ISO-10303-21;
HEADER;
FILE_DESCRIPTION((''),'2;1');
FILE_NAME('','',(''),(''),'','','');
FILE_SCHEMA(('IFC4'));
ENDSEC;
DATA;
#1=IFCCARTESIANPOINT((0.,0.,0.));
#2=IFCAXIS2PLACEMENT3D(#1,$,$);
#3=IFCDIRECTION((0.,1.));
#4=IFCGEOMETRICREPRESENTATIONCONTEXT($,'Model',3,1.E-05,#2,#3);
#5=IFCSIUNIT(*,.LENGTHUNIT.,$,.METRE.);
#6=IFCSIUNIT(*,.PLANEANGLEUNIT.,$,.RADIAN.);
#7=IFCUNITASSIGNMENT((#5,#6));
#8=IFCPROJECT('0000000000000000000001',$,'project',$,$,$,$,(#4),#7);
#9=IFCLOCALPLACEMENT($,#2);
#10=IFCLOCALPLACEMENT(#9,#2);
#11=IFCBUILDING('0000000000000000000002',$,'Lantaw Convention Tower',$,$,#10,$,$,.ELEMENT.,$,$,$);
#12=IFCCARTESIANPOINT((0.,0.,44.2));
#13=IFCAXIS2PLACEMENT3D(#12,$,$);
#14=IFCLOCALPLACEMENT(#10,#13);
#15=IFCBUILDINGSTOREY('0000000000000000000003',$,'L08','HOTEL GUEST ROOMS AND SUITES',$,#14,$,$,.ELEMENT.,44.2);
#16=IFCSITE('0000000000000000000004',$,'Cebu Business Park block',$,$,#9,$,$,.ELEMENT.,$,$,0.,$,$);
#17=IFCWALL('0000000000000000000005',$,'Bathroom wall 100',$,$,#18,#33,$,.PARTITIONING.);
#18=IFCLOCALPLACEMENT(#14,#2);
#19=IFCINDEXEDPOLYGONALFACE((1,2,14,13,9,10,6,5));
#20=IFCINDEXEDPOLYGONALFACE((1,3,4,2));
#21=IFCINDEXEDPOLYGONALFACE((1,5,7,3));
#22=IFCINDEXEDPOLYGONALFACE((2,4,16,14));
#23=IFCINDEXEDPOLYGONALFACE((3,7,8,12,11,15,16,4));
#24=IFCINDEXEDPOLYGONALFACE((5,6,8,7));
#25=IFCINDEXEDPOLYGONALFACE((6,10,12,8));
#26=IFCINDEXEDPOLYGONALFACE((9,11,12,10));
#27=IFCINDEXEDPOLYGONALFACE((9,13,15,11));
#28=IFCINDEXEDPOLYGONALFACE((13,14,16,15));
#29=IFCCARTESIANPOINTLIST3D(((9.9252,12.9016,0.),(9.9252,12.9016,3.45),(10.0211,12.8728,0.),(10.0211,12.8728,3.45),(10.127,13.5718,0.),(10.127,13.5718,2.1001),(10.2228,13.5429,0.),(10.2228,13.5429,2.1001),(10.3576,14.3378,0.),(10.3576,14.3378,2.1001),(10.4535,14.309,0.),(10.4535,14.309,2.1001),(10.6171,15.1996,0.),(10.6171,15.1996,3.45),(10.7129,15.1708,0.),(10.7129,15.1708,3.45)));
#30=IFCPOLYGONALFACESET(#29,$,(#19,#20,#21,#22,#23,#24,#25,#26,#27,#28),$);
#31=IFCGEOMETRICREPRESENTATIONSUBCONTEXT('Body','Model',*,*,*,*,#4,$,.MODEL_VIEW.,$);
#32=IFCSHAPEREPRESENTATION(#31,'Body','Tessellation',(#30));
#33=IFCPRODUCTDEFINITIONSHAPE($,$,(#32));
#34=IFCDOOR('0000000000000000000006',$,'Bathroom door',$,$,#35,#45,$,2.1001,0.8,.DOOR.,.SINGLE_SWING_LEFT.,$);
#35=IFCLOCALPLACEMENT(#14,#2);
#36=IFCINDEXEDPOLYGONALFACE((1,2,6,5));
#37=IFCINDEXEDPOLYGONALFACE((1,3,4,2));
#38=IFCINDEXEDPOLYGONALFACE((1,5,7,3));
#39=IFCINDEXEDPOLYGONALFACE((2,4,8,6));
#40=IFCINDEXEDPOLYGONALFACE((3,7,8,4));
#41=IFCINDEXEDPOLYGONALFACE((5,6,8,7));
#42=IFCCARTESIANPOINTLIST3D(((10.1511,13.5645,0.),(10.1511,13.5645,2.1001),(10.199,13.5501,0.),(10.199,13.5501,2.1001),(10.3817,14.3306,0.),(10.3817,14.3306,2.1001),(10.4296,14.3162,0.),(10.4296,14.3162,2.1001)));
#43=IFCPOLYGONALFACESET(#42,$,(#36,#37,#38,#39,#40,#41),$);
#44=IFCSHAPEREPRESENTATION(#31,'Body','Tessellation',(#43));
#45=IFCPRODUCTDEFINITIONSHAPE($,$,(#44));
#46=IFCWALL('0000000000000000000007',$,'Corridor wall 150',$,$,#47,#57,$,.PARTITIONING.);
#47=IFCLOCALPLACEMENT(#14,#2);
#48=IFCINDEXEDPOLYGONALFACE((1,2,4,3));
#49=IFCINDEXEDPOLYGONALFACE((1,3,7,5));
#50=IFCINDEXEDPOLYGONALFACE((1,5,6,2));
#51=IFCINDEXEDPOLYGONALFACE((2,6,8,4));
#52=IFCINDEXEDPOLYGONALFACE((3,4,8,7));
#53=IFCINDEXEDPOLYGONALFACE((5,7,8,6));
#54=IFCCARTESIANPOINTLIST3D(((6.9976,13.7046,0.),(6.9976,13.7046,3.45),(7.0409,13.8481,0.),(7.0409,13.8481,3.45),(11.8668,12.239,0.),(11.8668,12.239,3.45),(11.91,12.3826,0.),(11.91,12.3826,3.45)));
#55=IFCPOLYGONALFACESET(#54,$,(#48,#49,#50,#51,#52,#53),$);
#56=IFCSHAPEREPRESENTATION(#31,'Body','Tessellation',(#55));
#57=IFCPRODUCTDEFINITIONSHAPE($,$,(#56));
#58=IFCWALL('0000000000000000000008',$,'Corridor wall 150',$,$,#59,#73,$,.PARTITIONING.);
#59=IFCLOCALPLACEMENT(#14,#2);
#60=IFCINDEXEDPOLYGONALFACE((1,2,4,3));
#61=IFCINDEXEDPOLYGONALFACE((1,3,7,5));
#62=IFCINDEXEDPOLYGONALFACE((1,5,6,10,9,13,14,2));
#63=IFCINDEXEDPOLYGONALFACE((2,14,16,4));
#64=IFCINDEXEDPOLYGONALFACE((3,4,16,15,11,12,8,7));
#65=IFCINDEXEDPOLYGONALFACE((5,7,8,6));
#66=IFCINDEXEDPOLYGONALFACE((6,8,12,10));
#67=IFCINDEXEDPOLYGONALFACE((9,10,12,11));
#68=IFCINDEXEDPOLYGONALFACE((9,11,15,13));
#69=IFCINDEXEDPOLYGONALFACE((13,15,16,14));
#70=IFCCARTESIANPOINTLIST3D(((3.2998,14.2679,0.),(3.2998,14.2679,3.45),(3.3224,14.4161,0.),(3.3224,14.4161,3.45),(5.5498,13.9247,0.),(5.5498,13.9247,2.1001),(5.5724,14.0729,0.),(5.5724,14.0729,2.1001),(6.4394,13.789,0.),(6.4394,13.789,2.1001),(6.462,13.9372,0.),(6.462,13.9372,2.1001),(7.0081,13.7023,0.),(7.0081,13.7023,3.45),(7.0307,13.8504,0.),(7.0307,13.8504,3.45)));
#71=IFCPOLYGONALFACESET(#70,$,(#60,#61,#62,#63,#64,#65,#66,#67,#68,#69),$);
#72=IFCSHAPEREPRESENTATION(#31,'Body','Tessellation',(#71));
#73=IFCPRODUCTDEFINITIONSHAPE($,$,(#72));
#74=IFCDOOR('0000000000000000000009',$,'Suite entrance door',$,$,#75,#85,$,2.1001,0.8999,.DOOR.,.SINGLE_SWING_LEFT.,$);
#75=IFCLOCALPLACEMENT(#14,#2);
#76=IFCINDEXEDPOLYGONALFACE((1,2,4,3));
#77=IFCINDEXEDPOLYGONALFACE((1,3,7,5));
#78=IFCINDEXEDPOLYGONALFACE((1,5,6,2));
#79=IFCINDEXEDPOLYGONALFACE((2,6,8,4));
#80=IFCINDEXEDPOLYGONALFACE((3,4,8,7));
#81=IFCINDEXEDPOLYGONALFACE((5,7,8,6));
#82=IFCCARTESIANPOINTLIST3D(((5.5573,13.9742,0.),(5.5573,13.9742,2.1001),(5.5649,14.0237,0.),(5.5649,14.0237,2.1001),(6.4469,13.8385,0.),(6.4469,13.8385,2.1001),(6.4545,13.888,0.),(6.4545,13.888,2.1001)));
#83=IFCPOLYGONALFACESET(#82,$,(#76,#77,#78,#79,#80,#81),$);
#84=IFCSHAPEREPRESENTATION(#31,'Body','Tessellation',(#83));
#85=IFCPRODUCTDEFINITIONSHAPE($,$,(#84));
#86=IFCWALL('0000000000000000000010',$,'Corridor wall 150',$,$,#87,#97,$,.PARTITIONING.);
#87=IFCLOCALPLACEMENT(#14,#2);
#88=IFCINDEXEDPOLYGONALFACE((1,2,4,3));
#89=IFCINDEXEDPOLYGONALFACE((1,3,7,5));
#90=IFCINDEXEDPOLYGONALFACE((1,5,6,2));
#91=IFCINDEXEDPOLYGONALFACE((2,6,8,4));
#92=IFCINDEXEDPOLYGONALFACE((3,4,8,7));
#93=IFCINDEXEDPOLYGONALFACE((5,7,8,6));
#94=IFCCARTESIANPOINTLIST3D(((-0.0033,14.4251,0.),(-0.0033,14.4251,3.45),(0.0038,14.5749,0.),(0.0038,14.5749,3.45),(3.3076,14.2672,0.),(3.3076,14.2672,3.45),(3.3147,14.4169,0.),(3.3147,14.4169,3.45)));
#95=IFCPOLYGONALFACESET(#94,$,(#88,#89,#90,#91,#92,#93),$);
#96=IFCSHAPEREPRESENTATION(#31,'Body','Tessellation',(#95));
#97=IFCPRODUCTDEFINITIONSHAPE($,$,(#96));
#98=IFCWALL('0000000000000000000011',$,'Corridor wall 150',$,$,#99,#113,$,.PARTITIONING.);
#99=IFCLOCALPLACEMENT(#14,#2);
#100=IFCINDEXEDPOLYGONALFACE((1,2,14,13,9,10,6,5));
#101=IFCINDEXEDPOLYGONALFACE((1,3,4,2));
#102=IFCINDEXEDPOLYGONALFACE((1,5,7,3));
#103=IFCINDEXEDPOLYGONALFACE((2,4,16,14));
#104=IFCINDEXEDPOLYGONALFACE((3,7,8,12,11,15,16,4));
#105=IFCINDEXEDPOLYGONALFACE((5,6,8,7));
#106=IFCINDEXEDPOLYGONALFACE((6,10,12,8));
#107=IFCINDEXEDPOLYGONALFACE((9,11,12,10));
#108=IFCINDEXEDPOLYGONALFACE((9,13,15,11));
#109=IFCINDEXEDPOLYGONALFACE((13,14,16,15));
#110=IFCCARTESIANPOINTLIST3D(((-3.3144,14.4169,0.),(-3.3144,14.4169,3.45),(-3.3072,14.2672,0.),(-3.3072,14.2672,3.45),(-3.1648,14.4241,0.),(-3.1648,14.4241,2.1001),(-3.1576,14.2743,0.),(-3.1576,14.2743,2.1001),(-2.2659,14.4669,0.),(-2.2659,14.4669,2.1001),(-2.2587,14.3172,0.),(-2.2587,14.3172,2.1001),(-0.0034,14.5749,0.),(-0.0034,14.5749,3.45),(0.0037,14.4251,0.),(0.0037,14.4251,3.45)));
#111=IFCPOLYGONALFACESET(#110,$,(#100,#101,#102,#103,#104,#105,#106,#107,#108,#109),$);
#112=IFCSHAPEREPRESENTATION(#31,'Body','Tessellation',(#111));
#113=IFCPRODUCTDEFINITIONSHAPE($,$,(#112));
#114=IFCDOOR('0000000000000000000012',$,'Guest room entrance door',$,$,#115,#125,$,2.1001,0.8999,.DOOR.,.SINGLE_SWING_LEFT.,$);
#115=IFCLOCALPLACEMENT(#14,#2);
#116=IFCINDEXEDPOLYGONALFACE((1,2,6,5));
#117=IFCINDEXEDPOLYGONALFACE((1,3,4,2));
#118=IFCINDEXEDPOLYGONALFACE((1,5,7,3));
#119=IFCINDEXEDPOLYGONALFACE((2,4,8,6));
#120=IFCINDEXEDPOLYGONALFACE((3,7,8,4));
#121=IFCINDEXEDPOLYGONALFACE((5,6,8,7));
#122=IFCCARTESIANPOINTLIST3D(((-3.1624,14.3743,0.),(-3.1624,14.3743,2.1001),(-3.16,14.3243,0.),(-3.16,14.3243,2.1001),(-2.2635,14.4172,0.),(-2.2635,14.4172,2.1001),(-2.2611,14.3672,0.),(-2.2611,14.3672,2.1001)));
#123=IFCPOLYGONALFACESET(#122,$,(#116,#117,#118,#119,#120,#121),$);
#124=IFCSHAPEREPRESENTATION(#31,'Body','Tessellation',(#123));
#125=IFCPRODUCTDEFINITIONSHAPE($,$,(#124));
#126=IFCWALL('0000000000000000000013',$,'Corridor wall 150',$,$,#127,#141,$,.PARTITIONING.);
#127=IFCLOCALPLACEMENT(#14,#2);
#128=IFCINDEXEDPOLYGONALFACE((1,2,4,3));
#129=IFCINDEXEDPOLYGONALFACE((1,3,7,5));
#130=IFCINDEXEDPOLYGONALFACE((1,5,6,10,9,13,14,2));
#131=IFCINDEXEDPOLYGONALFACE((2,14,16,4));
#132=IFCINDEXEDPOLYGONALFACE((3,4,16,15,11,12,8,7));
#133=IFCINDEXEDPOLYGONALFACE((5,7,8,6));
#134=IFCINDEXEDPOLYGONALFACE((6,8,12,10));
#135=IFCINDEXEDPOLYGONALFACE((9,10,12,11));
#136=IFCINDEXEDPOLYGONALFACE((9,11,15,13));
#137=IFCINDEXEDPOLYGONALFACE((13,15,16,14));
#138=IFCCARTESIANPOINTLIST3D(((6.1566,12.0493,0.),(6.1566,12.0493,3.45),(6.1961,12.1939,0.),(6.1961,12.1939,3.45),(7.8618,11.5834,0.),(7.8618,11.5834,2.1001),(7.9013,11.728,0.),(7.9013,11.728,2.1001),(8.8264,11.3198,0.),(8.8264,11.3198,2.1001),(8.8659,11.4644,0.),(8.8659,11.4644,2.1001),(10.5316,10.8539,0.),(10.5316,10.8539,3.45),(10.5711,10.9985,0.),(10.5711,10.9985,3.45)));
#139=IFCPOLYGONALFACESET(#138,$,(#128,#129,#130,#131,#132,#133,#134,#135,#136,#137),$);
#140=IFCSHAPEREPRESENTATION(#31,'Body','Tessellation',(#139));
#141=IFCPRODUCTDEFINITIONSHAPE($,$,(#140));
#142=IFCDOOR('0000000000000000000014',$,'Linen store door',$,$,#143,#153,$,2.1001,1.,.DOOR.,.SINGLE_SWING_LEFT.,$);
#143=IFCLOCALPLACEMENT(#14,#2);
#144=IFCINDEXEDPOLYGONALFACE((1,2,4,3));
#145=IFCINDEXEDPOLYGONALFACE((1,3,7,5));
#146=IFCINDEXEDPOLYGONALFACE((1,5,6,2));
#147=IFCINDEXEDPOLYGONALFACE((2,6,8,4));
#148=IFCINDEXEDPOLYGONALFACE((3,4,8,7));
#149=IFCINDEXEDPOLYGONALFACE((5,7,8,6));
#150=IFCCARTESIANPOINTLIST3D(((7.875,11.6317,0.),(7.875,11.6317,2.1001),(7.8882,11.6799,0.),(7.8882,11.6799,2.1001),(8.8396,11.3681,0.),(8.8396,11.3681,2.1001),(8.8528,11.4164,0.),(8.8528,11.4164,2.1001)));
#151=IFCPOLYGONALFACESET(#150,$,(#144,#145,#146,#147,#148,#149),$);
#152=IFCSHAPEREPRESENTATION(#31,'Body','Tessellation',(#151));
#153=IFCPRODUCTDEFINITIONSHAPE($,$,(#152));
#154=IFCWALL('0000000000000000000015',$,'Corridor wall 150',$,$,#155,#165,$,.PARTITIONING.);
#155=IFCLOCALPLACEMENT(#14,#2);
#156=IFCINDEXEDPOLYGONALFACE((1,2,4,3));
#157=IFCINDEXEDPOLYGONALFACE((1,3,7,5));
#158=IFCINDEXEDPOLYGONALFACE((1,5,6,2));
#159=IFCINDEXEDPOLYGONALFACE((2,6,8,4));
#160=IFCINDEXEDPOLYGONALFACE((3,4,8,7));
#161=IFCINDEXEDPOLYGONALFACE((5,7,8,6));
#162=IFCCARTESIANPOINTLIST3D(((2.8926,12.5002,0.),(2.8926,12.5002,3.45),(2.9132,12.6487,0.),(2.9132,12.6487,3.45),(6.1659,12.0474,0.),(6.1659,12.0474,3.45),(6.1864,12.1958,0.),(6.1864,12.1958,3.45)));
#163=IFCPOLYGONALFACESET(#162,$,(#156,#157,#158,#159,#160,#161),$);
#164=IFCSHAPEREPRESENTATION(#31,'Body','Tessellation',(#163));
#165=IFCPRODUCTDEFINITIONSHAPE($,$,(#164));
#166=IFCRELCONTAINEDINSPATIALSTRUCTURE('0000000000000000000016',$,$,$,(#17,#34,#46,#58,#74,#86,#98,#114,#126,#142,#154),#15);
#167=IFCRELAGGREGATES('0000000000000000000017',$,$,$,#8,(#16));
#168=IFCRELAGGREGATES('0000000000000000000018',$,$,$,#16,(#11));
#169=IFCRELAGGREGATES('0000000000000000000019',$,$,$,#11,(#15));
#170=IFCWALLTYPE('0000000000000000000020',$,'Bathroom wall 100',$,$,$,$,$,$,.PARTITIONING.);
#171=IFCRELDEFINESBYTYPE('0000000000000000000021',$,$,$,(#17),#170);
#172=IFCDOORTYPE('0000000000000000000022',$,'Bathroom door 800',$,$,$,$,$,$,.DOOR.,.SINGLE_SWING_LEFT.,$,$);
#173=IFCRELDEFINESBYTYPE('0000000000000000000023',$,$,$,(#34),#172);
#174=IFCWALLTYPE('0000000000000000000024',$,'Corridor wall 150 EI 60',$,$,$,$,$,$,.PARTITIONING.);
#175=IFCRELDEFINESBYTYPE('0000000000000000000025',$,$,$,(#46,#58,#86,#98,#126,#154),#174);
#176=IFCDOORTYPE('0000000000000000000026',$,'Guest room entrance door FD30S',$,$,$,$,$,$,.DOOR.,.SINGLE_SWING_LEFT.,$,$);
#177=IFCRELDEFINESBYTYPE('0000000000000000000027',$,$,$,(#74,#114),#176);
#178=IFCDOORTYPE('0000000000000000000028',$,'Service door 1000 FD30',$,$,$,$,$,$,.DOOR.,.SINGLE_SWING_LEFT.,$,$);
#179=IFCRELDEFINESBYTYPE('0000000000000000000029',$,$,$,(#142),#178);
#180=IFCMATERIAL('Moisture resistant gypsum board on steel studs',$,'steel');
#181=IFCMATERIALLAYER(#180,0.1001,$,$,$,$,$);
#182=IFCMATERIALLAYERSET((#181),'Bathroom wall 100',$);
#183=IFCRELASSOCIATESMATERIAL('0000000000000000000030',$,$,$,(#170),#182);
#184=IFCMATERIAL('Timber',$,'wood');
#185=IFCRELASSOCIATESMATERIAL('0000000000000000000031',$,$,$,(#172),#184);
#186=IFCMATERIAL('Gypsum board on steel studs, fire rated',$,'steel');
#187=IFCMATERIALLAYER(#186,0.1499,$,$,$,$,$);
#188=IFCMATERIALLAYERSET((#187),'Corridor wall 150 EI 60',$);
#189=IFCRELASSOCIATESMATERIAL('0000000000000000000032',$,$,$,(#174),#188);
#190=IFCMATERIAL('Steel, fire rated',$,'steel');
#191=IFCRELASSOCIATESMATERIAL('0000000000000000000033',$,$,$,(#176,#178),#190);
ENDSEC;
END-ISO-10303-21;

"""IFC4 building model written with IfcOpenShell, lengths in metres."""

from ifc_helpers import new_model, si_unit, direction, frame, frame_2d, origin, place, context, subcontext, project, spatial, rectangle, extrude, material, layer, layer_set, type_object, element, fill, save


model = new_model("IFC4")

# Units and contexts
model_context = context("Model", 3, precision=1e-05, world=origin(), true_north=direction((0.0, 1.0)))
body_context = subcontext(model_context, "Body", "Model", "MODEL_VIEW")
ifc_project = project(units=[si_unit("LENGTHUNIT", "METRE"), si_unit("PLANEANGLEUNIT", "RADIAN")], contexts=[model_context])

# Site, building, storey
site_placement = place(None, origin())
site = spatial("IfcSite", under=ifc_project, at=site_placement, Name="Cebu Business Park block", CompositionType="ELEMENT", RefElevation=0.0)
building_placement = place(site_placement, origin())
building = spatial("IfcBuilding", under=site, at=building_placement, Name="Lantaw Convention Tower", CompositionType="ELEMENT")
storey_placement = place(building_placement, frame((0.0, 0.0, 44.2)))
storey = spatial("IfcBuildingStorey", under=building, at=storey_placement, Name="L08", Description="HOTEL GUEST ROOMS AND SUITES", CompositionType="ELEMENT", Elevation=44.2)

# Wall, opening, door
ifc_material_1 = material(Name="Moisture resistant gypsum board on steel studs", Category="steel")
ifc_layer_1 = layer(ifc_material_1, 0.1001)
ifc_layer_set_1 = layer_set([ifc_layer_1], Name="Bathroom wall 100")
wall_type_1 = type_object("IfcWallType", Name="Bathroom wall 100", PredefinedType="PARTITIONING", material=ifc_layer_set_1)
wall_1_placement = place(storey_placement, frame((9.9731, 12.8872, 0.0), z_axis=(0.0, 0.0, 1.0), x_axis=(0.28829, 0.957543, 0.0)))
wall_1 = element("IfcWall", 1, at=wall_1_placement, inside=storey, type_object=wall_type_1, Name="Bathroom wall 100", PredefinedType="PARTITIONING", context=body_context, shape_type="SweptSolid", body=[
    extrude(rectangle(XDim=2.3999, YDim=0.1001, at=frame_2d((1.2, 0.0))), origin(), (0.0, 0.0, 1.0), 3.45),
])
opening_1_placement = place(wall_1_placement, frame((0.7, 0.0, 0.0)))
opening_1 = element("IfcOpeningElement", 2, at=opening_1_placement, cuts=wall_1, PredefinedType="OPENING", context=body_context, shape_type="SweptSolid", body=[
    extrude(rectangle(XDim=0.8, YDim=2.1001, at=frame_2d((0.3999, 1.05))), frame((0.0, 0.0601, 0.0), z_axis=(0.0, -1.0, 0.0), x_axis=(1.0, 0.0, 0.0)), (0.0, 0.0, 1.0), 0.1201),
])
ifc_material_2 = material(Name="Timber", Category="wood")
door_type_1 = type_object("IfcDoorType", Name="Bathroom door 800", OperationType="SINGLE_SWING_LEFT", PredefinedType="DOOR", material=ifc_material_2)
door_1_placement = place(opening_1_placement, origin())
door_1 = element("IfcDoor", 3, at=door_1_placement, inside=storey, type_object=door_type_1, Name="Bathroom door", OperationType="SINGLE_SWING_LEFT", OverallHeight=2.1001, OverallWidth=0.8, PredefinedType="DOOR", context=body_context, shape_type="SweptSolid", body=[
    extrude(rectangle(XDim=0.8, YDim=2.1001, at=frame_2d((0.3999, 1.05))), frame((0.0, 0.0249, 0.0), z_axis=(0.0, -1.0, 0.0), x_axis=(1.0, 0.0, 0.0)), (0.0, 0.0, 1.0), 0.05),
])
fill(opening_1, door_1)

# Wall
ifc_material_3 = material(Name="Gypsum board on steel studs, fire rated", Category="steel")
ifc_layer_2 = layer(ifc_material_3, 0.1499)
ifc_layer_set_2 = layer_set([ifc_layer_2], Name="Corridor wall 150 EI 60")
wall_type_2 = type_object("IfcWallType", Name="Corridor wall 150 EI 60", PredefinedType="PARTITIONING", material=ifc_layer_set_2)
wall_2_placement = place(storey_placement, frame((11.8884, 12.3108, 0.0), z_axis=(0.0, 0.0, 1.0), x_axis=(-0.957564, 0.28822, 0.0)))
element("IfcWall", 4, at=wall_2_placement, inside=storey, type_object=wall_type_2, Name="Corridor wall 150", PredefinedType="PARTITIONING", context=body_context, shape_type="SweptSolid", body=[
    extrude(rectangle(XDim=5.085, YDim=0.1499, at=frame_2d((2.5425, 0.0))), origin(), (0.0, 0.0, 1.0), 3.45),
])

# Wall, opening, door
wall_3_placement = place(storey_placement, frame((7.0193, 13.7764, 0.0), z_axis=(0.0, 0.0, 1.0), x_axis=(-0.988564, 0.1508, 0.0)))
wall_3 = element("IfcWall", 5, at=wall_3_placement, inside=storey, type_object=wall_type_2, Name="Corridor wall 150", PredefinedType="PARTITIONING", context=body_context, shape_type="SweptSolid", body=[
    extrude(rectangle(XDim=3.7512, YDim=0.1499, at=frame_2d((1.8755, 0.0))), origin(), (0.0, 0.0, 1.0), 3.45),
])
opening_2_placement = place(wall_3_placement, frame((0.5752, 0.0, 0.0)))
opening_2 = element("IfcOpeningElement", 6, at=opening_2_placement, cuts=wall_3, PredefinedType="OPENING", context=body_context, shape_type="SweptSolid", body=[
    extrude(rectangle(XDim=0.8999, YDim=2.1001, at=frame_2d((0.45, 1.05))), frame((0.0, 0.085, 0.0), z_axis=(0.0, -1.0, 0.0), x_axis=(1.0, 0.0, 0.0)), (0.0, 0.0, 1.0), 0.1699),
])
ifc_material_4 = material(Name="Steel, fire rated", Category="steel")
door_type_2 = type_object("IfcDoorType", Name="Guest room entrance door FD30S", OperationType="SINGLE_SWING_LEFT", PredefinedType="DOOR", material=ifc_material_4)
door_2_placement = place(opening_2_placement, origin())
door_2 = element("IfcDoor", 7, at=door_2_placement, inside=storey, type_object=door_type_2, Name="Suite entrance door", OperationType="SINGLE_SWING_LEFT", OverallHeight=2.1001, OverallWidth=0.8999, PredefinedType="DOOR", context=body_context, shape_type="SweptSolid", body=[
    extrude(rectangle(XDim=0.8999, YDim=2.1001, at=frame_2d((0.45, 1.05))), frame((0.0, 0.0249, 0.0), z_axis=(0.0, -1.0, 0.0), x_axis=(1.0, 0.0, 0.0)), (0.0, 0.0, 1.0), 0.05),
])
fill(opening_2, door_2)

# Wall
wall_4_placement = place(storey_placement, frame((3.311, 14.342, 0.0), z_axis=(0.0, 0.0, 1.0), x_axis=(-0.998864, 0.047653, 0.0)))
element("IfcWall", 8, at=wall_4_placement, inside=storey, type_object=wall_type_2, Name="Corridor wall 150", PredefinedType="PARTITIONING", context=body_context, shape_type="SweptSolid", body=[
    extrude(rectangle(XDim=3.3147, YDim=0.1499, at=frame_2d((1.6572, 0.0))), origin(), (0.0, 0.0, 1.0), 3.45),
])

# Walls, openings, doors
wall_5_placement = place(storey_placement, frame((0.0, 14.5, 0.0), z_axis=(0.0, 0.0, 1.0), x_axis=(-0.998864, -0.047653, 0.0)))
wall_5 = element("IfcWall", 9, at=wall_5_placement, inside=storey, type_object=wall_type_2, Name="Corridor wall 150", PredefinedType="PARTITIONING", context=body_context, shape_type="SweptSolid", body=[
    extrude(rectangle(XDim=3.3147, YDim=0.1499, at=frame_2d((1.6572, 0.0))), origin(), (0.0, 0.0, 1.0), 3.45),
])
opening_3_placement = place(wall_5_placement, frame((2.2649, 0.0, 0.0)))
opening_3 = element("IfcOpeningElement", 10, at=opening_3_placement, cuts=wall_5, PredefinedType="OPENING", context=body_context, shape_type="SweptSolid", body=[
    extrude(rectangle(XDim=0.8999, YDim=2.1001, at=frame_2d((0.45, 1.05))), frame((0.0, 0.085, 0.0), z_axis=(0.0, -1.0, 0.0), x_axis=(1.0, 0.0, 0.0)), (0.0, 0.0, 1.0), 0.1699),
])
door_3_placement = place(opening_3_placement, origin())
door_3 = element("IfcDoor", 11, at=door_3_placement, inside=storey, type_object=door_type_2, Name="Guest room entrance door", OperationType="SINGLE_SWING_LEFT", OverallHeight=2.1001, OverallWidth=0.8999, PredefinedType="DOOR", context=body_context, shape_type="SweptSolid", body=[
    extrude(rectangle(XDim=0.8999, YDim=2.1001, at=frame_2d((0.45, 1.05))), frame((0.0, 0.0249, 0.0), z_axis=(0.0, -1.0, 0.0), x_axis=(1.0, 0.0, 0.0)), (0.0, 0.0, 1.0), 0.05),
])
fill(opening_3, door_3)
wall_6_placement = place(storey_placement, frame((10.5513, 10.9263, 0.0), z_axis=(0.0, 0.0, 1.0), x_axis=(-0.964644, 0.263555, 0.0)))
wall_6 = element("IfcWall", 12, at=wall_6_placement, inside=storey, type_object=wall_type_2, Name="Corridor wall 150", PredefinedType="PARTITIONING", context=body_context, shape_type="SweptSolid", body=[
    extrude(rectangle(XDim=4.5354, YDim=0.1499, at=frame_2d((2.2676, 0.0))), origin(), (0.0, 0.0, 1.0), 3.45),
])
opening_4_placement = place(wall_6_placement, frame((1.7676, 0.0, 0.0)))
opening_4 = element("IfcOpeningElement", 13, at=opening_4_placement, cuts=wall_6, PredefinedType="OPENING", context=body_context, shape_type="SweptSolid", body=[
    extrude(rectangle(XDim=1.0, YDim=2.1001, at=frame_2d((0.5, 1.05))), frame((0.0, 0.085, 0.0), z_axis=(0.0, -1.0, 0.0), x_axis=(1.0, 0.0, 0.0)), (0.0, 0.0, 1.0), 0.1699),
])
door_type_3 = type_object("IfcDoorType", Name="Service door 1000 FD30", OperationType="SINGLE_SWING_LEFT", PredefinedType="DOOR", material=ifc_material_4)
door_4_placement = place(opening_4_placement, origin())
door_4 = element("IfcDoor", 14, at=door_4_placement, inside=storey, type_object=door_type_3, Name="Linen store door", OperationType="SINGLE_SWING_LEFT", OverallHeight=2.1001, OverallWidth=1.0, PredefinedType="DOOR", context=body_context, shape_type="SweptSolid", body=[
    extrude(rectangle(XDim=1.0, YDim=2.1001, at=frame_2d((0.5, 1.05))), frame((0.0, 0.0249, 0.0), z_axis=(0.0, -1.0, 0.0), x_axis=(1.0, 0.0, 0.0)), (0.0, 0.0, 1.0), 0.05),
])
fill(opening_4, door_4)

# Wall
wall_7_placement = place(storey_placement, frame((6.1763, 12.1216, 0.0), z_axis=(0.0, 0.0, 1.0), x_axis=(-0.990563, 0.137055, 0.0)))
element("IfcWall", 15, at=wall_7_placement, inside=storey, type_object=wall_type_2, Name="Corridor wall 150", PredefinedType="PARTITIONING", context=body_context, shape_type="SweptSolid", body=[
    extrude(rectangle(XDim=3.3044, YDim=0.1499, at=frame_2d((1.6523, 0.0))), origin(), (0.0, 0.0, 1.0), 3.45),
])

save(model, "model.ifc")
